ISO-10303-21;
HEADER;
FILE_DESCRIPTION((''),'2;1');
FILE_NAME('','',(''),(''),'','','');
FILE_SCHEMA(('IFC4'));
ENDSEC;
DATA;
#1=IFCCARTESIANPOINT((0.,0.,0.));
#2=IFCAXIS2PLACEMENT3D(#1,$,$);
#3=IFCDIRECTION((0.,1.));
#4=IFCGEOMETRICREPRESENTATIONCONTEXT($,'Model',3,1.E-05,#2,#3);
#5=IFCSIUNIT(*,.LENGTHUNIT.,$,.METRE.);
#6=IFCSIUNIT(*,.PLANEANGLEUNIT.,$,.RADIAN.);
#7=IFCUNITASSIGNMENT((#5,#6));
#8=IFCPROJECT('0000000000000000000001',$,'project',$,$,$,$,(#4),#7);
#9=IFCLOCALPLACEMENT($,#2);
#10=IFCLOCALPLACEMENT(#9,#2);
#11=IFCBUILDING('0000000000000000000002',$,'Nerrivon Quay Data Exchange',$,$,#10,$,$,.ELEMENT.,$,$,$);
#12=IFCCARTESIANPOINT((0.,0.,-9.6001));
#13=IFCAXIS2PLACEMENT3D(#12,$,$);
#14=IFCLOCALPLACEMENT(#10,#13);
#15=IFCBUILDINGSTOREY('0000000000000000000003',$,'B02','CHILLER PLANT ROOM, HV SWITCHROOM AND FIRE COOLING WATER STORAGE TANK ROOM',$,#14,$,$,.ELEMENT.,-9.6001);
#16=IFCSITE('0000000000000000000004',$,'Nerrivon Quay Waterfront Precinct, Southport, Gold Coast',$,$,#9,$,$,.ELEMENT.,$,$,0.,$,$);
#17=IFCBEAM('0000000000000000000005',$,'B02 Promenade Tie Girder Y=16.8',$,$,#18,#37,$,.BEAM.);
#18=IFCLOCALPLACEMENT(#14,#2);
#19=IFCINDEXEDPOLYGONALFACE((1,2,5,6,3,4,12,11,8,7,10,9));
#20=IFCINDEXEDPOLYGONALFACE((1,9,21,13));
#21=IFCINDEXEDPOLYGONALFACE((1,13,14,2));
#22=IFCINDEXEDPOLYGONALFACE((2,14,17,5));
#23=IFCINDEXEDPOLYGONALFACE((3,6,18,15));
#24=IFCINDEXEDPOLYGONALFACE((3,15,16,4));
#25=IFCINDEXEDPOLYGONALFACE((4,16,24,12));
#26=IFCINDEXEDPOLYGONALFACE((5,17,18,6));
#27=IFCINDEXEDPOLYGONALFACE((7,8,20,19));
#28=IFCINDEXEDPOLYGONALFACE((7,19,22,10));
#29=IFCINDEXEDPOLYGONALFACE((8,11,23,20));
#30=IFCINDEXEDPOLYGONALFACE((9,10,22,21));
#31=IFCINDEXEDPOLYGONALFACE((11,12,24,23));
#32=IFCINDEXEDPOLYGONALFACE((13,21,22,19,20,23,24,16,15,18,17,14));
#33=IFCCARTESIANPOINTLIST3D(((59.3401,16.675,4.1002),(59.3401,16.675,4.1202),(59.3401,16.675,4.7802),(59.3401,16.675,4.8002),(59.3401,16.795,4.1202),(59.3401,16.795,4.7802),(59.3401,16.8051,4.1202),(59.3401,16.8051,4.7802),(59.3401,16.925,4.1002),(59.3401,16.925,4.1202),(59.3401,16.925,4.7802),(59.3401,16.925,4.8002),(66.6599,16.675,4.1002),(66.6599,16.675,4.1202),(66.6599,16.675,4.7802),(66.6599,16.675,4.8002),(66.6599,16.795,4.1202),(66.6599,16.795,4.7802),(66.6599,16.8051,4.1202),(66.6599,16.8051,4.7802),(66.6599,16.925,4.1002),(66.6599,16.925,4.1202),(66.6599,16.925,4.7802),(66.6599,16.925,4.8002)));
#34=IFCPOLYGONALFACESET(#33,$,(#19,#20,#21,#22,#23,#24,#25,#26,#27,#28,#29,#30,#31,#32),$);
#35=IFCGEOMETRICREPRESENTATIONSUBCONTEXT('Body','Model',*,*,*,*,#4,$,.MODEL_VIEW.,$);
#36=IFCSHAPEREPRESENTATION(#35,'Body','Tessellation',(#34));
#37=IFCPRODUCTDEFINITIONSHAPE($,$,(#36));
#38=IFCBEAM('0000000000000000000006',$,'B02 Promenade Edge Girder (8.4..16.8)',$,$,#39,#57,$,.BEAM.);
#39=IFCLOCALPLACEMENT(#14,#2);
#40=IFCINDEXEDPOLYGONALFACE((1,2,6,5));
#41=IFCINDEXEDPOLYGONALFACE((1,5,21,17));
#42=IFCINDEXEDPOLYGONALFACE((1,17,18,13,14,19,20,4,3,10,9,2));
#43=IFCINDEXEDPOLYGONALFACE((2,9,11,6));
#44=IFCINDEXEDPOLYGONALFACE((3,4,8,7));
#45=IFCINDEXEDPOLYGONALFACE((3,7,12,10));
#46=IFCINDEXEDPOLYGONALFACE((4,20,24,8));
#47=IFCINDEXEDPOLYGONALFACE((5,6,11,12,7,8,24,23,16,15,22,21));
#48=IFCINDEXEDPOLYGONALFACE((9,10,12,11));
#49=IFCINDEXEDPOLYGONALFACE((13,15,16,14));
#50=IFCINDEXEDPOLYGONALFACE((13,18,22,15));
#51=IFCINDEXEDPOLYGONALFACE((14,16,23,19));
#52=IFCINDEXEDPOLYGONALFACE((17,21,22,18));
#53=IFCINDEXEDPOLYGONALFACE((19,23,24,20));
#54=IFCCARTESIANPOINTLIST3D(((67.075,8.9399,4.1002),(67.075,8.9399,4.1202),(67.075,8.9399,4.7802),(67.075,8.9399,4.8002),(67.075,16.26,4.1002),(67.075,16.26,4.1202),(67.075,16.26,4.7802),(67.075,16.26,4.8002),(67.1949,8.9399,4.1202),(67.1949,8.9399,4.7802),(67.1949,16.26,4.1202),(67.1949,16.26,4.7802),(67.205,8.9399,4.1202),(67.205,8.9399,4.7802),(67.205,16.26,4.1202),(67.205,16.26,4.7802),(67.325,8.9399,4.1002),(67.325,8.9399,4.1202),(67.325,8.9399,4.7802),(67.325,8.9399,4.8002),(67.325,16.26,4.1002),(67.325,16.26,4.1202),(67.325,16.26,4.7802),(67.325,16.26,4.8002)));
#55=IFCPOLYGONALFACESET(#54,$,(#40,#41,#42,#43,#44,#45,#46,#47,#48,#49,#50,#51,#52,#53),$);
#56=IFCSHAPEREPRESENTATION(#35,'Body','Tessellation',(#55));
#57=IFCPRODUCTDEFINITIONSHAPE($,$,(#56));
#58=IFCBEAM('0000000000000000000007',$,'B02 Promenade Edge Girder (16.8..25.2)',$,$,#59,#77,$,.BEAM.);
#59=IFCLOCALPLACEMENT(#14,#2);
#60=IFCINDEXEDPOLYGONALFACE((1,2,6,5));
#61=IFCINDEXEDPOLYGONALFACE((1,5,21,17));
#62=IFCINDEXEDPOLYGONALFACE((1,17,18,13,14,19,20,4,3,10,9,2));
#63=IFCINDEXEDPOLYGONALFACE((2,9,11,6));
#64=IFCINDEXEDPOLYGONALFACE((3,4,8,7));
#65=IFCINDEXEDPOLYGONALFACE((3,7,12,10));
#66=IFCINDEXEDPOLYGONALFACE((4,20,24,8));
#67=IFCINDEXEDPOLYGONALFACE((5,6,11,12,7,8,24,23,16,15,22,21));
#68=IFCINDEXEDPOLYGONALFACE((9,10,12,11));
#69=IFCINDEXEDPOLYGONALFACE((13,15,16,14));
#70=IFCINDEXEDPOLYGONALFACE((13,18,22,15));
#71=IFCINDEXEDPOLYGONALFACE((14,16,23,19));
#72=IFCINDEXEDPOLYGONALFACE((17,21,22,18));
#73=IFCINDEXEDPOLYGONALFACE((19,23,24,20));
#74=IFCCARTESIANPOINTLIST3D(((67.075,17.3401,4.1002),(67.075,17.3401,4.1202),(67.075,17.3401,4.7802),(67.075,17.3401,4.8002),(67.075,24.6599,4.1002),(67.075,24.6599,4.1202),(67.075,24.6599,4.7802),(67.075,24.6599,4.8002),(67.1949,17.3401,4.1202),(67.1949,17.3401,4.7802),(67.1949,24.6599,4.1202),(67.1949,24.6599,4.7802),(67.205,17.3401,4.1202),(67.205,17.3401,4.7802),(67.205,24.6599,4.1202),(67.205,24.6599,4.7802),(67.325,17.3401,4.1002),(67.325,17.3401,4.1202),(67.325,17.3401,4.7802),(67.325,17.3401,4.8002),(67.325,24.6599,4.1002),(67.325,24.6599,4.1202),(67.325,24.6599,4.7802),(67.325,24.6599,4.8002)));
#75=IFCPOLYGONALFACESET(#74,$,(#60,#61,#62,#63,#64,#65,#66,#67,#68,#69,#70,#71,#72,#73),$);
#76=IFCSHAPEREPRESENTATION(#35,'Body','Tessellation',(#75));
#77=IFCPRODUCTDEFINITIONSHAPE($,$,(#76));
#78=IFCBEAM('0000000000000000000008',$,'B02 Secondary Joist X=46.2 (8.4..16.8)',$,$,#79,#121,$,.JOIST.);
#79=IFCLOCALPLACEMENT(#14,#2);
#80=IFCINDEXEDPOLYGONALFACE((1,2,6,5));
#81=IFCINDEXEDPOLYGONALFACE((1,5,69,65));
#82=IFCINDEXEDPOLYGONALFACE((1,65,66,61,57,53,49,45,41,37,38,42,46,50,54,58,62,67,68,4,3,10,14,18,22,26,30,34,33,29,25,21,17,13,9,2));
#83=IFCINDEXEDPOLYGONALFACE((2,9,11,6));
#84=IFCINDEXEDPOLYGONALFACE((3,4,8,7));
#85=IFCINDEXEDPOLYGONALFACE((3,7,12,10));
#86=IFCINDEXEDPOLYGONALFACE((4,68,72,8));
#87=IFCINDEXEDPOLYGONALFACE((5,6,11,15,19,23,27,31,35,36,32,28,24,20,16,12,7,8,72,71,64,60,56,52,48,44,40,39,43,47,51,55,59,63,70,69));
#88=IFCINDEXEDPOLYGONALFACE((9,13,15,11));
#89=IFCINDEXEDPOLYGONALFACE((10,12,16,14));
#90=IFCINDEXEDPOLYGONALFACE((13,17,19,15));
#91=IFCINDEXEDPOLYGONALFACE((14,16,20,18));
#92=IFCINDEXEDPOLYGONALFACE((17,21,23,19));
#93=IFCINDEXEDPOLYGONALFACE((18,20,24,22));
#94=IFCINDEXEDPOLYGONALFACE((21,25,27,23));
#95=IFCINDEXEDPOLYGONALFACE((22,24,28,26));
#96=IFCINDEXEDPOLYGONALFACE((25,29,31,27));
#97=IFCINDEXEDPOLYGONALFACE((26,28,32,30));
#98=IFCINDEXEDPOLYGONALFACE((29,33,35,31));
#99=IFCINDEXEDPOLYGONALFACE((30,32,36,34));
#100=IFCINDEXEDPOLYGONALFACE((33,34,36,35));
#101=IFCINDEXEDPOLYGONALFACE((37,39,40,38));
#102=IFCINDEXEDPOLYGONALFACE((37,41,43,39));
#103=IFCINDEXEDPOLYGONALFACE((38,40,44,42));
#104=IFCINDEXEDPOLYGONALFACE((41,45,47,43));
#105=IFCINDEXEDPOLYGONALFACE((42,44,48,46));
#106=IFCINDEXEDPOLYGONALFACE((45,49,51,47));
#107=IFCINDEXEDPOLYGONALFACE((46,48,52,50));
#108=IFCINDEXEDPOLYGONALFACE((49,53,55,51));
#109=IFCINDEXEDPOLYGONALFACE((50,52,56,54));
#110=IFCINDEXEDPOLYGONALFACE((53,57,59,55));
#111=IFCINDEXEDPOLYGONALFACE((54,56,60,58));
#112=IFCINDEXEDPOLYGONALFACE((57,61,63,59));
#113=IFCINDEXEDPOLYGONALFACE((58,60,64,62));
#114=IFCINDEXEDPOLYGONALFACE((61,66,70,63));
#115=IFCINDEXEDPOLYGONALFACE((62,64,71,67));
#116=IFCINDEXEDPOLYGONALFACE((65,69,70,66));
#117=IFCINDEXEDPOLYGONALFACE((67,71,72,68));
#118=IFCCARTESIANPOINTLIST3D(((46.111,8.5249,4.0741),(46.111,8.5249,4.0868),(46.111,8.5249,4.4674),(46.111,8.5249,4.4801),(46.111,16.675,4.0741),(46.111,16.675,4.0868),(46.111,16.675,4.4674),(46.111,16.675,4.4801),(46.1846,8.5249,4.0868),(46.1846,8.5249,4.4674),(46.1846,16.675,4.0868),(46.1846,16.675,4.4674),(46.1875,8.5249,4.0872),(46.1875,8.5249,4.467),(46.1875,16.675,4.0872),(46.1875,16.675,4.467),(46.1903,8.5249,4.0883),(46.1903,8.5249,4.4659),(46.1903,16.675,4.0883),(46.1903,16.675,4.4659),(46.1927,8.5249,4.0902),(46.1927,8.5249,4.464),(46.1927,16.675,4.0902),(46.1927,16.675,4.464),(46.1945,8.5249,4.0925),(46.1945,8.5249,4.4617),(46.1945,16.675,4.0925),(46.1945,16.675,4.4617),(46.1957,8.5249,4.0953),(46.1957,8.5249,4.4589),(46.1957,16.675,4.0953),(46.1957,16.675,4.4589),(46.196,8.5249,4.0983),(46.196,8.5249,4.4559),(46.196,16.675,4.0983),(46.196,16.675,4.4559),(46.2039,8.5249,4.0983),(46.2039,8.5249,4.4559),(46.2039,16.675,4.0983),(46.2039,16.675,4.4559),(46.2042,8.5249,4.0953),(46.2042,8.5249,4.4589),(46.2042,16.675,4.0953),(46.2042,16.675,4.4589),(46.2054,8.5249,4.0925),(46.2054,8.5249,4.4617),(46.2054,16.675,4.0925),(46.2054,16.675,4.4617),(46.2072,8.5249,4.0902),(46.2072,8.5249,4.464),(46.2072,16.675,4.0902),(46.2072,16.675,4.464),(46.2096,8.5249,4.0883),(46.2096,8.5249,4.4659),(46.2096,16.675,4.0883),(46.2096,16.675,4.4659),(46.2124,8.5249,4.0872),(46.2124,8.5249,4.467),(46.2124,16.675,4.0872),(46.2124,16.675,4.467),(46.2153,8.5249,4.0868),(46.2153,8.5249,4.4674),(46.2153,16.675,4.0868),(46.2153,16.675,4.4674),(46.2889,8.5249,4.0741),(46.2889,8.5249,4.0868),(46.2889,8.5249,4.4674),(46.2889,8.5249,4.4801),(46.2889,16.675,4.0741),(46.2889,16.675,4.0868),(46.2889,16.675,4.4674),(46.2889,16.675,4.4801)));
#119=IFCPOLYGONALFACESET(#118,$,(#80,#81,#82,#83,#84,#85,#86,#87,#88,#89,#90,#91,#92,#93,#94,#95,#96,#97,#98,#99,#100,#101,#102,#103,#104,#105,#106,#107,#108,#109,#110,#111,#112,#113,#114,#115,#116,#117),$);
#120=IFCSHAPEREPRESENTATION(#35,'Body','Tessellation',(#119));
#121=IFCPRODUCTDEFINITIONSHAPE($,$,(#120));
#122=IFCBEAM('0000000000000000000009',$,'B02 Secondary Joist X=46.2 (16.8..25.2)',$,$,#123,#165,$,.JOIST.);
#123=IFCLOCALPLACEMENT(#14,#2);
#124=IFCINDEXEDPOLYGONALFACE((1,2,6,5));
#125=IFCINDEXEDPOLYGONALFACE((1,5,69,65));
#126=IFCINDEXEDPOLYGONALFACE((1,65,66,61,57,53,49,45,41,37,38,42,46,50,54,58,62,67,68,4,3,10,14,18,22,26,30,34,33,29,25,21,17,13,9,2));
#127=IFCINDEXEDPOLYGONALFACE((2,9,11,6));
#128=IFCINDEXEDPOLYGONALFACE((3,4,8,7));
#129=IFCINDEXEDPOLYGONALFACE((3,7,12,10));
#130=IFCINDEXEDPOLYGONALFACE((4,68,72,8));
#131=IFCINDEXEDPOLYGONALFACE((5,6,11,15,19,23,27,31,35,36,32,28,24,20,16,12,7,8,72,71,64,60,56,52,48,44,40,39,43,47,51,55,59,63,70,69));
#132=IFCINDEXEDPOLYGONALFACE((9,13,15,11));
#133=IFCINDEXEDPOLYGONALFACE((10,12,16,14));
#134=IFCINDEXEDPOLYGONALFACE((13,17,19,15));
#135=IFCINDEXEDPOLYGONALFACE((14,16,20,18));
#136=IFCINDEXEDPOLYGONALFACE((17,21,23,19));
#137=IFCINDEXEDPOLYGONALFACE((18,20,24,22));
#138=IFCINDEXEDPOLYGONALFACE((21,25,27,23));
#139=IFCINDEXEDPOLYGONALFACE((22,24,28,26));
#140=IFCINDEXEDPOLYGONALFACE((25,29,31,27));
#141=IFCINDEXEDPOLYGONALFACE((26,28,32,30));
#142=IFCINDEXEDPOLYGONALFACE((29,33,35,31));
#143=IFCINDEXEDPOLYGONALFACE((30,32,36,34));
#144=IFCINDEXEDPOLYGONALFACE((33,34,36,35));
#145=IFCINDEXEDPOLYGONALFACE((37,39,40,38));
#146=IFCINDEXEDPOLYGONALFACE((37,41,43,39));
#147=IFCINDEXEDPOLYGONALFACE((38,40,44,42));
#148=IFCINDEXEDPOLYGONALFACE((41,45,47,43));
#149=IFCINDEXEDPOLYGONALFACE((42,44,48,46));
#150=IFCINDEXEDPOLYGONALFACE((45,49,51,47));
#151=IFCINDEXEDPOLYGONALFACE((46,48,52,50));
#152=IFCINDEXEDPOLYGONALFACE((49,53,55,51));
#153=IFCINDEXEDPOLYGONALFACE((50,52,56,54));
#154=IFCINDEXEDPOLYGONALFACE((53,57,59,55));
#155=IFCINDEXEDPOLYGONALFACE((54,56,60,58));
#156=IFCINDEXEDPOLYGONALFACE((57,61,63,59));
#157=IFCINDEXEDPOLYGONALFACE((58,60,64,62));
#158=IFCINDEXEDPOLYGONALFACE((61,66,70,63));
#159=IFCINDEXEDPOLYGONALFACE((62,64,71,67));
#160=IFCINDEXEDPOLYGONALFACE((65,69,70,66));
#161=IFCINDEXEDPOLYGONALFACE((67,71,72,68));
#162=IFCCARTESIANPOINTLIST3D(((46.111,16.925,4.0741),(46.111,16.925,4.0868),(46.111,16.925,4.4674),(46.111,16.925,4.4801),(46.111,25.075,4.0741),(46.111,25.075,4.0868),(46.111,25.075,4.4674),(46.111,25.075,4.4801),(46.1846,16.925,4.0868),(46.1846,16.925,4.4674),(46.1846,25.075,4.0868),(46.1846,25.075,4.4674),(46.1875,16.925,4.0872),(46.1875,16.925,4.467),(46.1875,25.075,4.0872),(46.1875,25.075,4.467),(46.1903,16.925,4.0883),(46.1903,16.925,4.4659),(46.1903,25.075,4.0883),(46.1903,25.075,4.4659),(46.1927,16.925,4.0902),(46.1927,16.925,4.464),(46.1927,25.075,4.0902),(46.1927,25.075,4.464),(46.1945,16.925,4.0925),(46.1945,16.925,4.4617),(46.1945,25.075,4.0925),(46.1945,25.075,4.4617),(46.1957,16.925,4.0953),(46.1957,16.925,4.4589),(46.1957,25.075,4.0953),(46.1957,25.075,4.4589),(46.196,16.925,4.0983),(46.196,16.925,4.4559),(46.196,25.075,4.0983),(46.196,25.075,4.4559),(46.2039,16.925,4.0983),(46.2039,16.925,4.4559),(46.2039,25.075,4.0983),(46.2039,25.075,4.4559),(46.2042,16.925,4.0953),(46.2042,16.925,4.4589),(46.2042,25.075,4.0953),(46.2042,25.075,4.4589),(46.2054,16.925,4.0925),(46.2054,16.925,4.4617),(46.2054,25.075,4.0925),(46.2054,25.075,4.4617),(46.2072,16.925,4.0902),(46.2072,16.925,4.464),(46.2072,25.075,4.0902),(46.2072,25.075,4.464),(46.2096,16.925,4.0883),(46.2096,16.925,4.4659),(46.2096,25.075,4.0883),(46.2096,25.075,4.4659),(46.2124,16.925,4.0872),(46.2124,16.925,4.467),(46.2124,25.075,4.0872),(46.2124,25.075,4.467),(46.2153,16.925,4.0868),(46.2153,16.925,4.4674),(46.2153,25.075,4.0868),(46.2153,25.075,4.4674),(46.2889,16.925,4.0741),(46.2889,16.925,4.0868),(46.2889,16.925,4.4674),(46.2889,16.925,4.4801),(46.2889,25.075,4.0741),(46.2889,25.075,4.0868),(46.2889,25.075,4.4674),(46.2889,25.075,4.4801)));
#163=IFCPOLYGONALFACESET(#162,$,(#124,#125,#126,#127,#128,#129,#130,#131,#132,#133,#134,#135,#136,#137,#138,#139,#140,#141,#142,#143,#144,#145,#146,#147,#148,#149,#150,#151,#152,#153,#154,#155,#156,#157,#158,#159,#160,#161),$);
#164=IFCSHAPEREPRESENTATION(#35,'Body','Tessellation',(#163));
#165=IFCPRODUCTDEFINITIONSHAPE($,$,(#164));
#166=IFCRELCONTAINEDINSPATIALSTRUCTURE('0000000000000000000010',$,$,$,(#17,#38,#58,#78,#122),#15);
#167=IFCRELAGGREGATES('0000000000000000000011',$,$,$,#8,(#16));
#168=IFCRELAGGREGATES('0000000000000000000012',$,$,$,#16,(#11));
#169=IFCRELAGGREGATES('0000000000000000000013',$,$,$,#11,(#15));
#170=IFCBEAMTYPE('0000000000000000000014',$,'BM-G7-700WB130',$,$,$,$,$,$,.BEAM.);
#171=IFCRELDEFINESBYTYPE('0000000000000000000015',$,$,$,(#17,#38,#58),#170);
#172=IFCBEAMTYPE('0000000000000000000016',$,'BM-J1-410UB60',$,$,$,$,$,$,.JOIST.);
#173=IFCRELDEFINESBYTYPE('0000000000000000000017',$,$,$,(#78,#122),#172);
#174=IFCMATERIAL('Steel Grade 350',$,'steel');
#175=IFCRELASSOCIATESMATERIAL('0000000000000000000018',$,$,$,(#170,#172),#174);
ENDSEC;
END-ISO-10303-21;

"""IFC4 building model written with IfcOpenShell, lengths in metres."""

from ifc_helpers import new_model, si_unit, direction, frame, origin, origin_2d, place, context, subcontext, project, spatial, i_section, extrude, material, material_profile, profile_set, type_object, element, save


model = new_model("IFC4")

# Units and contexts
model_context = context("Model", 3, precision=1e-05, world=origin(), true_north=direction((0.0, 1.0)))
body_context = subcontext(model_context, "Body", "Model", "MODEL_VIEW")
ifc_project = project(units=[si_unit("LENGTHUNIT", "METRE"), si_unit("PLANEANGLEUNIT", "RADIAN")], contexts=[model_context])

# Site, building, storey
site_placement = place(None, origin())
site = spatial("IfcSite", under=ifc_project, at=site_placement, Name="Nerrivon Quay Waterfront Precinct, Southport, Gold Coast", CompositionType="ELEMENT", RefElevation=0.0)
building_placement = place(site_placement, origin())
building = spatial("IfcBuilding", under=site, at=building_placement, Name="Nerrivon Quay Data Exchange", CompositionType="ELEMENT")
storey_placement = place(building_placement, frame((0.0, 0.0, -9.6001)))
storey = spatial("IfcBuildingStorey", under=building, at=storey_placement, Name="B02", Description="CHILLER PLANT ROOM, HV SWITCHROOM AND FIRE COOLING WATER STORAGE TANK ROOM", CompositionType="ELEMENT", Elevation=-9.6001)

# Beams
ifc_material_1 = material(Name="Steel Grade 350", Category="steel")
ifc_material_profile_1 = material_profile(ifc_material_1, i_section(OverallWidth=0.25, OverallDepth=0.7, WebThickness=0.01, FlangeThickness=0.02, at=origin_2d()), Name="700WB130")
ifc_profile_set_1 = profile_set([ifc_material_profile_1], Name="Steel Grade 350")
beam_type_1 = type_object("IfcBeamType", Name="BM-G7-700WB130", PredefinedType="BEAM", material=ifc_profile_set_1)
beam_1_placement = place(storey_placement, frame((59.3401, 16.8, 4.4502), z_axis=(1.0, 0.0, 0.0), x_axis=(0.0, 1.0, 0.0)))
element("IfcBeam", 1, at=beam_1_placement, inside=storey, type_object=beam_type_1, Name="B02 Promenade Tie Girder Y=16.8", PredefinedType="BEAM", context=body_context, shape_type="SweptSolid", body=[
    extrude(i_section(OverallWidth=0.25, OverallDepth=0.7, WebThickness=0.01, FlangeThickness=0.02, at=origin_2d()), origin(), (0.0, 0.0, 1.0), 7.3198),
])
beam_2_placement = place(storey_placement, frame((67.2, 8.9399, 4.4502), z_axis=(0.0, 1.0, 0.0), x_axis=(-1.0, 0.0, 0.0)))
element("IfcBeam", 2, at=beam_2_placement, inside=storey, type_object=beam_type_1, Name="B02 Promenade Edge Girder (8.4..16.8)", PredefinedType="BEAM", context=body_context, shape_type="SweptSolid", body=[
    extrude(i_section(OverallWidth=0.25, OverallDepth=0.7, WebThickness=0.01, FlangeThickness=0.02, at=origin_2d()), origin(), (0.0, 0.0, 1.0), 7.3201),
])
beam_3_placement = place(storey_placement, frame((67.2, 17.3401, 4.4502), z_axis=(0.0, 1.0, 0.0), x_axis=(-1.0, 0.0, 0.0)))
element("IfcBeam", 3, at=beam_3_placement, inside=storey, type_object=beam_type_1, Name="B02 Promenade Edge Girder (16.8..25.2)", PredefinedType="BEAM", context=body_context, shape_type="SweptSolid", body=[
    extrude(i_section(OverallWidth=0.25, OverallDepth=0.7, WebThickness=0.01, FlangeThickness=0.02, at=origin_2d()), origin(), (0.0, 0.0, 1.0), 7.3198),
])
ifc_material_profile_2 = material_profile(ifc_material_1, i_section(OverallWidth=0.178, OverallDepth=0.406, WebThickness=0.0078, FlangeThickness=0.0127, FilletRadius=0.0115, at=origin_2d()), Name="410UB59.7")
ifc_profile_set_2 = profile_set([ifc_material_profile_2], Name="Steel Grade 350")
beam_type_2 = type_object("IfcBeamType", Name="BM-J1-410UB60", PredefinedType="JOIST", material=ifc_profile_set_2)
beam_4_placement = place(storey_placement, frame((46.2, 8.5249, 4.2771), z_axis=(0.0, 1.0, 0.0), x_axis=(-1.0, 0.0, 0.0)))
element("IfcBeam", 4, at=beam_4_placement, inside=storey, type_object=beam_type_2, Name="B02 Secondary Joist X=46.2 (8.4..16.8)", PredefinedType="JOIST", context=body_context, shape_type="SweptSolid", body=[
    extrude(i_section(OverallWidth=0.178, OverallDepth=0.406, WebThickness=0.0078, FlangeThickness=0.0127, FilletRadius=0.0115, at=origin_2d()), origin(), (0.0, 0.0, 1.0), 8.1501),
])
beam_5_placement = place(storey_placement, frame((46.2, 16.925, 4.2771), z_axis=(0.0, 1.0, 0.0), x_axis=(-1.0, 0.0, 0.0)))
element("IfcBeam", 5, at=beam_5_placement, inside=storey, type_object=beam_type_2, Name="B02 Secondary Joist X=46.2 (16.8..25.2)", PredefinedType="JOIST", context=body_context, shape_type="SweptSolid", body=[
    extrude(i_section(OverallWidth=0.178, OverallDepth=0.406, WebThickness=0.0078, FlangeThickness=0.0127, FilletRadius=0.0115, at=origin_2d()), origin(), (0.0, 0.0, 1.0), 8.1499),
])

save(model, "model.ifc")
